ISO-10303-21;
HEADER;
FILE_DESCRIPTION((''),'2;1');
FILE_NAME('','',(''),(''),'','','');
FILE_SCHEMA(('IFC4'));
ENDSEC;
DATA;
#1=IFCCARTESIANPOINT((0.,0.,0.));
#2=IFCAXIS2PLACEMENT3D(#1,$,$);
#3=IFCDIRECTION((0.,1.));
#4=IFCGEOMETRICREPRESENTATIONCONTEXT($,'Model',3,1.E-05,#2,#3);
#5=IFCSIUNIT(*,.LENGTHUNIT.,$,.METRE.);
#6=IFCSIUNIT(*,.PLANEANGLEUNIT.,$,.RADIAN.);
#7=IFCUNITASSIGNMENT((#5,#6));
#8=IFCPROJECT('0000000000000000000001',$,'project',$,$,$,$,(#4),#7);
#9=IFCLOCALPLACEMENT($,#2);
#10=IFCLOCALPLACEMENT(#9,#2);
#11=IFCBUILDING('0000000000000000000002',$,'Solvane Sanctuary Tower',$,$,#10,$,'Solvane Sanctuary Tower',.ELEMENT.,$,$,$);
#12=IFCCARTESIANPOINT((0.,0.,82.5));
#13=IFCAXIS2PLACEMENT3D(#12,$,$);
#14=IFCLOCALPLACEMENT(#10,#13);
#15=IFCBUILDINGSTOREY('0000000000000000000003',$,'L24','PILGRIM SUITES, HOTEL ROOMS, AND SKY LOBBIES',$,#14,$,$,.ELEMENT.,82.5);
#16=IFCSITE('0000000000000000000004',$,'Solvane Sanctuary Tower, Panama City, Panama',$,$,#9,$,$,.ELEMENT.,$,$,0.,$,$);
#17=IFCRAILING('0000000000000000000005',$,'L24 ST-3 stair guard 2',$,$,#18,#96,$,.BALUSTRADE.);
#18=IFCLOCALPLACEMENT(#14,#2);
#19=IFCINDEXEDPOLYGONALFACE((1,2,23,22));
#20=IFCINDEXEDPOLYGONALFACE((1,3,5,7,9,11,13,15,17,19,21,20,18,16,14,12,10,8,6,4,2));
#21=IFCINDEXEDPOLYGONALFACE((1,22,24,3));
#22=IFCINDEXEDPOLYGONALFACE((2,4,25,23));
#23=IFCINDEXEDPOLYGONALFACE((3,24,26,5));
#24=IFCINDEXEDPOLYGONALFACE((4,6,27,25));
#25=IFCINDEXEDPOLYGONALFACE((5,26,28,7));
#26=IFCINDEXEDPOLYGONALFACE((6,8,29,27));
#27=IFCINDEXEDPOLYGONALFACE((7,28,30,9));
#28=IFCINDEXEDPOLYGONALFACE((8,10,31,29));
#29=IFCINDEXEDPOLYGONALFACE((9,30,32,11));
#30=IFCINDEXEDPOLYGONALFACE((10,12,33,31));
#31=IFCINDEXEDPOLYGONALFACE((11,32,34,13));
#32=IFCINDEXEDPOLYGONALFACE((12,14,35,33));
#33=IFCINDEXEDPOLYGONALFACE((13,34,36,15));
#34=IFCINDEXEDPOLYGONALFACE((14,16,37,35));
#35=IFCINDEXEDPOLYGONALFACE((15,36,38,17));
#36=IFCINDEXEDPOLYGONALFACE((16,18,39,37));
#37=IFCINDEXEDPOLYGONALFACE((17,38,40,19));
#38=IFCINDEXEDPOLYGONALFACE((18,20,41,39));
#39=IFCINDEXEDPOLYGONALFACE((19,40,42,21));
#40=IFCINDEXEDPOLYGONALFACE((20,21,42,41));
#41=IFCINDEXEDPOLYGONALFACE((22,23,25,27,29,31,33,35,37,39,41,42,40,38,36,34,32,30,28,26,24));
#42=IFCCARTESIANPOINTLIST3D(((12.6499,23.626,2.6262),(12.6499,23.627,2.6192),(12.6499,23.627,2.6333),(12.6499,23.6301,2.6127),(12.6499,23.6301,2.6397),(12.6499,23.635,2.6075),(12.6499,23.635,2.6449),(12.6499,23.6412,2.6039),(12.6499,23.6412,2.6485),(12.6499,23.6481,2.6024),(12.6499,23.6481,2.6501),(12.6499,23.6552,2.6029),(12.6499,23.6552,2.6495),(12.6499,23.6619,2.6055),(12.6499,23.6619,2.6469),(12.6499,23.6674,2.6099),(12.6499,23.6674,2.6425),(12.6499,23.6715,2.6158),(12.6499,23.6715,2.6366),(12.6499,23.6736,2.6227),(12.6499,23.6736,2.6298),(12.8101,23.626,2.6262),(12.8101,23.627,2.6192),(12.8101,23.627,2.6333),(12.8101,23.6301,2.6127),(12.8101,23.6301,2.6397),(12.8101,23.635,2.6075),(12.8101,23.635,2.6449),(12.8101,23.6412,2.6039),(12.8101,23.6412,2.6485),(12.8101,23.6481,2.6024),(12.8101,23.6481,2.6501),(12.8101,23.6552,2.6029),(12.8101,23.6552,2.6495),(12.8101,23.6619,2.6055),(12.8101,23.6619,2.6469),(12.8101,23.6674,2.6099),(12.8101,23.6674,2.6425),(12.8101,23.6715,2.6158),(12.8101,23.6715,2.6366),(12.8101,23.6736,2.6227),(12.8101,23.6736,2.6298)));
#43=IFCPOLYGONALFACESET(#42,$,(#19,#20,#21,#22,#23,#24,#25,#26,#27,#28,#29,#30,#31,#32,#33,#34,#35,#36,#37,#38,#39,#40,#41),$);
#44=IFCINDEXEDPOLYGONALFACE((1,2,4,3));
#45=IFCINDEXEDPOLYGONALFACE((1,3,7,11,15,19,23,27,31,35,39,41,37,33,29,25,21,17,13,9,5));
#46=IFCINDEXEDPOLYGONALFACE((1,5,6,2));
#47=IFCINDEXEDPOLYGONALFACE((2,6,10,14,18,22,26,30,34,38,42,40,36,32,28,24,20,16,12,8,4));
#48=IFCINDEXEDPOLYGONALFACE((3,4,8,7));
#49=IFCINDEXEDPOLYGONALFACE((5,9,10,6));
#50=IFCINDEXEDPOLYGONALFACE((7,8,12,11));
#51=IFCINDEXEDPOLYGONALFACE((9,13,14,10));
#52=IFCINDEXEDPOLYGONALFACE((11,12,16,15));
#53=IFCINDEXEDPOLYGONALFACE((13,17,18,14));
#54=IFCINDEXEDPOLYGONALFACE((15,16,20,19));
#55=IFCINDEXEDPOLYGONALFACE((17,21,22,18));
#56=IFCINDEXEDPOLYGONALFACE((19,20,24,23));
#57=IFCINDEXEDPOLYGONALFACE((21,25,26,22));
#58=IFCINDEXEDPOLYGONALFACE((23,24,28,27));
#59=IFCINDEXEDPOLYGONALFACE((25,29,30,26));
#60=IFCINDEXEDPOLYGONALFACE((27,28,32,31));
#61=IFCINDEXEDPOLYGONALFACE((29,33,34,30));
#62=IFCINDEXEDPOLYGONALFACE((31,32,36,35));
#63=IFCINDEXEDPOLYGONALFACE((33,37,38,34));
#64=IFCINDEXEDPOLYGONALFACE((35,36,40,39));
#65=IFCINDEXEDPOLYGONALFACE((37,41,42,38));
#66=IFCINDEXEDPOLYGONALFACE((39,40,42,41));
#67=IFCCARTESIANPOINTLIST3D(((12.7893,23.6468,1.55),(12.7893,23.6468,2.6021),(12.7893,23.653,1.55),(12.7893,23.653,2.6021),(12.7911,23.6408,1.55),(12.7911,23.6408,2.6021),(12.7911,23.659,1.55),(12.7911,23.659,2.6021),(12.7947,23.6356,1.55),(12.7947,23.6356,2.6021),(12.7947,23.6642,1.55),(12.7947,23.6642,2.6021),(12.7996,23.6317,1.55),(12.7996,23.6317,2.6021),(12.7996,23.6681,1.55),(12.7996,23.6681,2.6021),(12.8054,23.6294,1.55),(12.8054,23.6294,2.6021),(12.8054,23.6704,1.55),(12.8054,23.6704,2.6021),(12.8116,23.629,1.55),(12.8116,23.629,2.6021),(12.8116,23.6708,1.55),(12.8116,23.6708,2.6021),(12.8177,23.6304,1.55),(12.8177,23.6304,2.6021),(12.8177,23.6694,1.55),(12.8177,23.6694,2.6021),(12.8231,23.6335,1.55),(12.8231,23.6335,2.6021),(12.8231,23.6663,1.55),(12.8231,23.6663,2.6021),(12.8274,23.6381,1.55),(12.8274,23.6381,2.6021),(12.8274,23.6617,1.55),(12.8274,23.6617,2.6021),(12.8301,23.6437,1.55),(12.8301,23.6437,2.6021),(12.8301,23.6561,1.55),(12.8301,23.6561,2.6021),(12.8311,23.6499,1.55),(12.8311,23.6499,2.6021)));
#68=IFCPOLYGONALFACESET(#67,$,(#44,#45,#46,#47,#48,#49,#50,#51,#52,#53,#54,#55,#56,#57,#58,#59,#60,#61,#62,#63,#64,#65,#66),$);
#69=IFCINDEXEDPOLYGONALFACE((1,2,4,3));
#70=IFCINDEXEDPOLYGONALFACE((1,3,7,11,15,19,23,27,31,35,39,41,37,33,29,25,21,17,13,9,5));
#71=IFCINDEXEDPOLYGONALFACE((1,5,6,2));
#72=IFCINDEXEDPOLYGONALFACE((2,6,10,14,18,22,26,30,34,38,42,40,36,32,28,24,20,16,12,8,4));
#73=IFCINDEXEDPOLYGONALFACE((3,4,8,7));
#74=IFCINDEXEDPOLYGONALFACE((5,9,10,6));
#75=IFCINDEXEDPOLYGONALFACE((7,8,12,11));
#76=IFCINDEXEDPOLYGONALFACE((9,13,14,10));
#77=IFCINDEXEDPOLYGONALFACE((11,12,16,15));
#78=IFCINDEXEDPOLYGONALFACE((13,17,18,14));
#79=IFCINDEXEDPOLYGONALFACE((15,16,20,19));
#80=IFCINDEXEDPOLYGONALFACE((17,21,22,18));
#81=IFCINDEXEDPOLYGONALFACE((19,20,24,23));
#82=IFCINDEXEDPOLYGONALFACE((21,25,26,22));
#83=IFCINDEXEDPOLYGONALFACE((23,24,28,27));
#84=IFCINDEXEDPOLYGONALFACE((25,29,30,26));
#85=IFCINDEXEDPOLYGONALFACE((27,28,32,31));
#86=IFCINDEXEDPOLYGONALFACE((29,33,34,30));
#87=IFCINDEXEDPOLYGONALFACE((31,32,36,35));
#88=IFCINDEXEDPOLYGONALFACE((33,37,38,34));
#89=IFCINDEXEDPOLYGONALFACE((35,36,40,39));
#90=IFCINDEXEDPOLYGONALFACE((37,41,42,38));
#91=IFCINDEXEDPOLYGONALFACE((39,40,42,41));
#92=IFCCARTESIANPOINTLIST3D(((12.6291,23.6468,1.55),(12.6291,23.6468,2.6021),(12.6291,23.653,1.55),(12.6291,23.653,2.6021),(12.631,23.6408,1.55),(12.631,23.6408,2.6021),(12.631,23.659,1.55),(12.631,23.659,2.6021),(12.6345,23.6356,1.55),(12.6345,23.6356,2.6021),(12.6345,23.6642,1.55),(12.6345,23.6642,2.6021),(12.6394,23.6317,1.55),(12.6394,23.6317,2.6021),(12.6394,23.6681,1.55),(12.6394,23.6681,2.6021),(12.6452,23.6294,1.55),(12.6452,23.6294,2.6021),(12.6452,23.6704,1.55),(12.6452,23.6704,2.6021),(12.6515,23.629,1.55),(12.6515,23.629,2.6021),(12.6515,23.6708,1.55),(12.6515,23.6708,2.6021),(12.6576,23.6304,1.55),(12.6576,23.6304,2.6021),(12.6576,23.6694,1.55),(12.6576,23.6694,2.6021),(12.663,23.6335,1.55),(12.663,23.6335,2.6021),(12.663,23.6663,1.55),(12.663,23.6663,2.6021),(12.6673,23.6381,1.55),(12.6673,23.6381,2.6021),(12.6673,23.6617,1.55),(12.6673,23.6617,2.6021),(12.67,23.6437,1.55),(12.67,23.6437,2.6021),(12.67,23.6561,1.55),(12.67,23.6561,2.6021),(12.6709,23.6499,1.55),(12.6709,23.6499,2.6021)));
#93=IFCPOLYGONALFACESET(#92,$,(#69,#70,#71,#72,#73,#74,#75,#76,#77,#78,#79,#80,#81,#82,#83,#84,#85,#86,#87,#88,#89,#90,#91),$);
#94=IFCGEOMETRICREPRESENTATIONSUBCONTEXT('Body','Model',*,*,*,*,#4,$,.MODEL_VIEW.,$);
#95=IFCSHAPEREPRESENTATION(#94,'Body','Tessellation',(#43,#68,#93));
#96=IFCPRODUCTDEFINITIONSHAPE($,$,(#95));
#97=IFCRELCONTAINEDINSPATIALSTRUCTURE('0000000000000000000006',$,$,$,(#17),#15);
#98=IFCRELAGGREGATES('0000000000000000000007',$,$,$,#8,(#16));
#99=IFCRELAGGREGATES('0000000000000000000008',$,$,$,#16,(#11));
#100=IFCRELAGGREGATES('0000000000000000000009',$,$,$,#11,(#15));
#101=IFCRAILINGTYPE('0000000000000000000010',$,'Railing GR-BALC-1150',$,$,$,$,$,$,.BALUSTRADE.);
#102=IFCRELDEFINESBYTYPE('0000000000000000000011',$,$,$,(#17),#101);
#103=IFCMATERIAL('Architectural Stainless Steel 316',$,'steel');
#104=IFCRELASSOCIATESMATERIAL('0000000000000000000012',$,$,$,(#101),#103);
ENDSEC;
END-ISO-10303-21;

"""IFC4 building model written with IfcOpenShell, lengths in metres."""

from ifc_helpers import new_model, si_unit, direction, frame, origin, origin_2d, place, context, subcontext, project, spatial, circle, extrude, material, type_object, element, save


model = new_model("IFC4")

# Units and contexts
model_context = context("Model", 3, precision=1e-05, world=origin(), true_north=direction((0.0, 1.0)))
body_context = subcontext(model_context, "Body", "Model", "MODEL_VIEW")
ifc_project = project(units=[si_unit("LENGTHUNIT", "METRE"), si_unit("PLANEANGLEUNIT", "RADIAN")], contexts=[model_context])

# Site, building, storey
site_placement = place(None, origin())
site = spatial("IfcSite", under=ifc_project, at=site_placement, Name="Solvane Sanctuary Tower, Panama City, Panama", CompositionType="ELEMENT", RefElevation=0.0)
building_placement = place(site_placement, origin())
building = spatial("IfcBuilding", under=site, at=building_placement, Name="Solvane Sanctuary Tower", LongName="Solvane Sanctuary Tower", CompositionType="ELEMENT")
storey_placement = place(building_placement, frame((0.0, 0.0, 82.5)))
storey = spatial("IfcBuildingStorey", under=building, at=storey_placement, Name="L24", Description="PILGRIM SUITES, HOTEL ROOMS, AND SKY LOBBIES", CompositionType="ELEMENT", Elevation=82.5)

# Shared definitions
ifc_material_1 = material(Name="Architectural Stainless Steel 316", Category="steel")

# Railing
railing_type_1 = type_object("IfcRailingType", Name="Railing GR-BALC-1150", PredefinedType="BALUSTRADE", material=ifc_material_1)
railing_1_placement = place(storey_placement, frame((12.8101, 23.6499, 1.55)))
element("IfcRailing", 1, at=railing_1_placement, inside=storey, type_object=railing_type_1, Name="L24 ST-3 stair guard 2", PredefinedType="BALUSTRADE", context=body_context, shape_type="SweptSolid", body=[
    extrude(circle(Radius=0.0239, at=origin_2d()), frame((0.0, 0.0, 1.0762), z_axis=(-1.0, 0.0, 0.0), x_axis=(0.0, -1.0, 0.0)), (0.0, 0.0, 1.0), 0.1602),
    extrude(circle(Radius=0.021, at=origin_2d()), origin(), (0.0, 0.0, 1.0), 1.052),
    extrude(circle(Radius=0.021, at=origin_2d()), frame((-0.1602, 0.0, 0.0)), (0.0, 0.0, 1.0), 1.052),
])

save(model, "model.ifc")
